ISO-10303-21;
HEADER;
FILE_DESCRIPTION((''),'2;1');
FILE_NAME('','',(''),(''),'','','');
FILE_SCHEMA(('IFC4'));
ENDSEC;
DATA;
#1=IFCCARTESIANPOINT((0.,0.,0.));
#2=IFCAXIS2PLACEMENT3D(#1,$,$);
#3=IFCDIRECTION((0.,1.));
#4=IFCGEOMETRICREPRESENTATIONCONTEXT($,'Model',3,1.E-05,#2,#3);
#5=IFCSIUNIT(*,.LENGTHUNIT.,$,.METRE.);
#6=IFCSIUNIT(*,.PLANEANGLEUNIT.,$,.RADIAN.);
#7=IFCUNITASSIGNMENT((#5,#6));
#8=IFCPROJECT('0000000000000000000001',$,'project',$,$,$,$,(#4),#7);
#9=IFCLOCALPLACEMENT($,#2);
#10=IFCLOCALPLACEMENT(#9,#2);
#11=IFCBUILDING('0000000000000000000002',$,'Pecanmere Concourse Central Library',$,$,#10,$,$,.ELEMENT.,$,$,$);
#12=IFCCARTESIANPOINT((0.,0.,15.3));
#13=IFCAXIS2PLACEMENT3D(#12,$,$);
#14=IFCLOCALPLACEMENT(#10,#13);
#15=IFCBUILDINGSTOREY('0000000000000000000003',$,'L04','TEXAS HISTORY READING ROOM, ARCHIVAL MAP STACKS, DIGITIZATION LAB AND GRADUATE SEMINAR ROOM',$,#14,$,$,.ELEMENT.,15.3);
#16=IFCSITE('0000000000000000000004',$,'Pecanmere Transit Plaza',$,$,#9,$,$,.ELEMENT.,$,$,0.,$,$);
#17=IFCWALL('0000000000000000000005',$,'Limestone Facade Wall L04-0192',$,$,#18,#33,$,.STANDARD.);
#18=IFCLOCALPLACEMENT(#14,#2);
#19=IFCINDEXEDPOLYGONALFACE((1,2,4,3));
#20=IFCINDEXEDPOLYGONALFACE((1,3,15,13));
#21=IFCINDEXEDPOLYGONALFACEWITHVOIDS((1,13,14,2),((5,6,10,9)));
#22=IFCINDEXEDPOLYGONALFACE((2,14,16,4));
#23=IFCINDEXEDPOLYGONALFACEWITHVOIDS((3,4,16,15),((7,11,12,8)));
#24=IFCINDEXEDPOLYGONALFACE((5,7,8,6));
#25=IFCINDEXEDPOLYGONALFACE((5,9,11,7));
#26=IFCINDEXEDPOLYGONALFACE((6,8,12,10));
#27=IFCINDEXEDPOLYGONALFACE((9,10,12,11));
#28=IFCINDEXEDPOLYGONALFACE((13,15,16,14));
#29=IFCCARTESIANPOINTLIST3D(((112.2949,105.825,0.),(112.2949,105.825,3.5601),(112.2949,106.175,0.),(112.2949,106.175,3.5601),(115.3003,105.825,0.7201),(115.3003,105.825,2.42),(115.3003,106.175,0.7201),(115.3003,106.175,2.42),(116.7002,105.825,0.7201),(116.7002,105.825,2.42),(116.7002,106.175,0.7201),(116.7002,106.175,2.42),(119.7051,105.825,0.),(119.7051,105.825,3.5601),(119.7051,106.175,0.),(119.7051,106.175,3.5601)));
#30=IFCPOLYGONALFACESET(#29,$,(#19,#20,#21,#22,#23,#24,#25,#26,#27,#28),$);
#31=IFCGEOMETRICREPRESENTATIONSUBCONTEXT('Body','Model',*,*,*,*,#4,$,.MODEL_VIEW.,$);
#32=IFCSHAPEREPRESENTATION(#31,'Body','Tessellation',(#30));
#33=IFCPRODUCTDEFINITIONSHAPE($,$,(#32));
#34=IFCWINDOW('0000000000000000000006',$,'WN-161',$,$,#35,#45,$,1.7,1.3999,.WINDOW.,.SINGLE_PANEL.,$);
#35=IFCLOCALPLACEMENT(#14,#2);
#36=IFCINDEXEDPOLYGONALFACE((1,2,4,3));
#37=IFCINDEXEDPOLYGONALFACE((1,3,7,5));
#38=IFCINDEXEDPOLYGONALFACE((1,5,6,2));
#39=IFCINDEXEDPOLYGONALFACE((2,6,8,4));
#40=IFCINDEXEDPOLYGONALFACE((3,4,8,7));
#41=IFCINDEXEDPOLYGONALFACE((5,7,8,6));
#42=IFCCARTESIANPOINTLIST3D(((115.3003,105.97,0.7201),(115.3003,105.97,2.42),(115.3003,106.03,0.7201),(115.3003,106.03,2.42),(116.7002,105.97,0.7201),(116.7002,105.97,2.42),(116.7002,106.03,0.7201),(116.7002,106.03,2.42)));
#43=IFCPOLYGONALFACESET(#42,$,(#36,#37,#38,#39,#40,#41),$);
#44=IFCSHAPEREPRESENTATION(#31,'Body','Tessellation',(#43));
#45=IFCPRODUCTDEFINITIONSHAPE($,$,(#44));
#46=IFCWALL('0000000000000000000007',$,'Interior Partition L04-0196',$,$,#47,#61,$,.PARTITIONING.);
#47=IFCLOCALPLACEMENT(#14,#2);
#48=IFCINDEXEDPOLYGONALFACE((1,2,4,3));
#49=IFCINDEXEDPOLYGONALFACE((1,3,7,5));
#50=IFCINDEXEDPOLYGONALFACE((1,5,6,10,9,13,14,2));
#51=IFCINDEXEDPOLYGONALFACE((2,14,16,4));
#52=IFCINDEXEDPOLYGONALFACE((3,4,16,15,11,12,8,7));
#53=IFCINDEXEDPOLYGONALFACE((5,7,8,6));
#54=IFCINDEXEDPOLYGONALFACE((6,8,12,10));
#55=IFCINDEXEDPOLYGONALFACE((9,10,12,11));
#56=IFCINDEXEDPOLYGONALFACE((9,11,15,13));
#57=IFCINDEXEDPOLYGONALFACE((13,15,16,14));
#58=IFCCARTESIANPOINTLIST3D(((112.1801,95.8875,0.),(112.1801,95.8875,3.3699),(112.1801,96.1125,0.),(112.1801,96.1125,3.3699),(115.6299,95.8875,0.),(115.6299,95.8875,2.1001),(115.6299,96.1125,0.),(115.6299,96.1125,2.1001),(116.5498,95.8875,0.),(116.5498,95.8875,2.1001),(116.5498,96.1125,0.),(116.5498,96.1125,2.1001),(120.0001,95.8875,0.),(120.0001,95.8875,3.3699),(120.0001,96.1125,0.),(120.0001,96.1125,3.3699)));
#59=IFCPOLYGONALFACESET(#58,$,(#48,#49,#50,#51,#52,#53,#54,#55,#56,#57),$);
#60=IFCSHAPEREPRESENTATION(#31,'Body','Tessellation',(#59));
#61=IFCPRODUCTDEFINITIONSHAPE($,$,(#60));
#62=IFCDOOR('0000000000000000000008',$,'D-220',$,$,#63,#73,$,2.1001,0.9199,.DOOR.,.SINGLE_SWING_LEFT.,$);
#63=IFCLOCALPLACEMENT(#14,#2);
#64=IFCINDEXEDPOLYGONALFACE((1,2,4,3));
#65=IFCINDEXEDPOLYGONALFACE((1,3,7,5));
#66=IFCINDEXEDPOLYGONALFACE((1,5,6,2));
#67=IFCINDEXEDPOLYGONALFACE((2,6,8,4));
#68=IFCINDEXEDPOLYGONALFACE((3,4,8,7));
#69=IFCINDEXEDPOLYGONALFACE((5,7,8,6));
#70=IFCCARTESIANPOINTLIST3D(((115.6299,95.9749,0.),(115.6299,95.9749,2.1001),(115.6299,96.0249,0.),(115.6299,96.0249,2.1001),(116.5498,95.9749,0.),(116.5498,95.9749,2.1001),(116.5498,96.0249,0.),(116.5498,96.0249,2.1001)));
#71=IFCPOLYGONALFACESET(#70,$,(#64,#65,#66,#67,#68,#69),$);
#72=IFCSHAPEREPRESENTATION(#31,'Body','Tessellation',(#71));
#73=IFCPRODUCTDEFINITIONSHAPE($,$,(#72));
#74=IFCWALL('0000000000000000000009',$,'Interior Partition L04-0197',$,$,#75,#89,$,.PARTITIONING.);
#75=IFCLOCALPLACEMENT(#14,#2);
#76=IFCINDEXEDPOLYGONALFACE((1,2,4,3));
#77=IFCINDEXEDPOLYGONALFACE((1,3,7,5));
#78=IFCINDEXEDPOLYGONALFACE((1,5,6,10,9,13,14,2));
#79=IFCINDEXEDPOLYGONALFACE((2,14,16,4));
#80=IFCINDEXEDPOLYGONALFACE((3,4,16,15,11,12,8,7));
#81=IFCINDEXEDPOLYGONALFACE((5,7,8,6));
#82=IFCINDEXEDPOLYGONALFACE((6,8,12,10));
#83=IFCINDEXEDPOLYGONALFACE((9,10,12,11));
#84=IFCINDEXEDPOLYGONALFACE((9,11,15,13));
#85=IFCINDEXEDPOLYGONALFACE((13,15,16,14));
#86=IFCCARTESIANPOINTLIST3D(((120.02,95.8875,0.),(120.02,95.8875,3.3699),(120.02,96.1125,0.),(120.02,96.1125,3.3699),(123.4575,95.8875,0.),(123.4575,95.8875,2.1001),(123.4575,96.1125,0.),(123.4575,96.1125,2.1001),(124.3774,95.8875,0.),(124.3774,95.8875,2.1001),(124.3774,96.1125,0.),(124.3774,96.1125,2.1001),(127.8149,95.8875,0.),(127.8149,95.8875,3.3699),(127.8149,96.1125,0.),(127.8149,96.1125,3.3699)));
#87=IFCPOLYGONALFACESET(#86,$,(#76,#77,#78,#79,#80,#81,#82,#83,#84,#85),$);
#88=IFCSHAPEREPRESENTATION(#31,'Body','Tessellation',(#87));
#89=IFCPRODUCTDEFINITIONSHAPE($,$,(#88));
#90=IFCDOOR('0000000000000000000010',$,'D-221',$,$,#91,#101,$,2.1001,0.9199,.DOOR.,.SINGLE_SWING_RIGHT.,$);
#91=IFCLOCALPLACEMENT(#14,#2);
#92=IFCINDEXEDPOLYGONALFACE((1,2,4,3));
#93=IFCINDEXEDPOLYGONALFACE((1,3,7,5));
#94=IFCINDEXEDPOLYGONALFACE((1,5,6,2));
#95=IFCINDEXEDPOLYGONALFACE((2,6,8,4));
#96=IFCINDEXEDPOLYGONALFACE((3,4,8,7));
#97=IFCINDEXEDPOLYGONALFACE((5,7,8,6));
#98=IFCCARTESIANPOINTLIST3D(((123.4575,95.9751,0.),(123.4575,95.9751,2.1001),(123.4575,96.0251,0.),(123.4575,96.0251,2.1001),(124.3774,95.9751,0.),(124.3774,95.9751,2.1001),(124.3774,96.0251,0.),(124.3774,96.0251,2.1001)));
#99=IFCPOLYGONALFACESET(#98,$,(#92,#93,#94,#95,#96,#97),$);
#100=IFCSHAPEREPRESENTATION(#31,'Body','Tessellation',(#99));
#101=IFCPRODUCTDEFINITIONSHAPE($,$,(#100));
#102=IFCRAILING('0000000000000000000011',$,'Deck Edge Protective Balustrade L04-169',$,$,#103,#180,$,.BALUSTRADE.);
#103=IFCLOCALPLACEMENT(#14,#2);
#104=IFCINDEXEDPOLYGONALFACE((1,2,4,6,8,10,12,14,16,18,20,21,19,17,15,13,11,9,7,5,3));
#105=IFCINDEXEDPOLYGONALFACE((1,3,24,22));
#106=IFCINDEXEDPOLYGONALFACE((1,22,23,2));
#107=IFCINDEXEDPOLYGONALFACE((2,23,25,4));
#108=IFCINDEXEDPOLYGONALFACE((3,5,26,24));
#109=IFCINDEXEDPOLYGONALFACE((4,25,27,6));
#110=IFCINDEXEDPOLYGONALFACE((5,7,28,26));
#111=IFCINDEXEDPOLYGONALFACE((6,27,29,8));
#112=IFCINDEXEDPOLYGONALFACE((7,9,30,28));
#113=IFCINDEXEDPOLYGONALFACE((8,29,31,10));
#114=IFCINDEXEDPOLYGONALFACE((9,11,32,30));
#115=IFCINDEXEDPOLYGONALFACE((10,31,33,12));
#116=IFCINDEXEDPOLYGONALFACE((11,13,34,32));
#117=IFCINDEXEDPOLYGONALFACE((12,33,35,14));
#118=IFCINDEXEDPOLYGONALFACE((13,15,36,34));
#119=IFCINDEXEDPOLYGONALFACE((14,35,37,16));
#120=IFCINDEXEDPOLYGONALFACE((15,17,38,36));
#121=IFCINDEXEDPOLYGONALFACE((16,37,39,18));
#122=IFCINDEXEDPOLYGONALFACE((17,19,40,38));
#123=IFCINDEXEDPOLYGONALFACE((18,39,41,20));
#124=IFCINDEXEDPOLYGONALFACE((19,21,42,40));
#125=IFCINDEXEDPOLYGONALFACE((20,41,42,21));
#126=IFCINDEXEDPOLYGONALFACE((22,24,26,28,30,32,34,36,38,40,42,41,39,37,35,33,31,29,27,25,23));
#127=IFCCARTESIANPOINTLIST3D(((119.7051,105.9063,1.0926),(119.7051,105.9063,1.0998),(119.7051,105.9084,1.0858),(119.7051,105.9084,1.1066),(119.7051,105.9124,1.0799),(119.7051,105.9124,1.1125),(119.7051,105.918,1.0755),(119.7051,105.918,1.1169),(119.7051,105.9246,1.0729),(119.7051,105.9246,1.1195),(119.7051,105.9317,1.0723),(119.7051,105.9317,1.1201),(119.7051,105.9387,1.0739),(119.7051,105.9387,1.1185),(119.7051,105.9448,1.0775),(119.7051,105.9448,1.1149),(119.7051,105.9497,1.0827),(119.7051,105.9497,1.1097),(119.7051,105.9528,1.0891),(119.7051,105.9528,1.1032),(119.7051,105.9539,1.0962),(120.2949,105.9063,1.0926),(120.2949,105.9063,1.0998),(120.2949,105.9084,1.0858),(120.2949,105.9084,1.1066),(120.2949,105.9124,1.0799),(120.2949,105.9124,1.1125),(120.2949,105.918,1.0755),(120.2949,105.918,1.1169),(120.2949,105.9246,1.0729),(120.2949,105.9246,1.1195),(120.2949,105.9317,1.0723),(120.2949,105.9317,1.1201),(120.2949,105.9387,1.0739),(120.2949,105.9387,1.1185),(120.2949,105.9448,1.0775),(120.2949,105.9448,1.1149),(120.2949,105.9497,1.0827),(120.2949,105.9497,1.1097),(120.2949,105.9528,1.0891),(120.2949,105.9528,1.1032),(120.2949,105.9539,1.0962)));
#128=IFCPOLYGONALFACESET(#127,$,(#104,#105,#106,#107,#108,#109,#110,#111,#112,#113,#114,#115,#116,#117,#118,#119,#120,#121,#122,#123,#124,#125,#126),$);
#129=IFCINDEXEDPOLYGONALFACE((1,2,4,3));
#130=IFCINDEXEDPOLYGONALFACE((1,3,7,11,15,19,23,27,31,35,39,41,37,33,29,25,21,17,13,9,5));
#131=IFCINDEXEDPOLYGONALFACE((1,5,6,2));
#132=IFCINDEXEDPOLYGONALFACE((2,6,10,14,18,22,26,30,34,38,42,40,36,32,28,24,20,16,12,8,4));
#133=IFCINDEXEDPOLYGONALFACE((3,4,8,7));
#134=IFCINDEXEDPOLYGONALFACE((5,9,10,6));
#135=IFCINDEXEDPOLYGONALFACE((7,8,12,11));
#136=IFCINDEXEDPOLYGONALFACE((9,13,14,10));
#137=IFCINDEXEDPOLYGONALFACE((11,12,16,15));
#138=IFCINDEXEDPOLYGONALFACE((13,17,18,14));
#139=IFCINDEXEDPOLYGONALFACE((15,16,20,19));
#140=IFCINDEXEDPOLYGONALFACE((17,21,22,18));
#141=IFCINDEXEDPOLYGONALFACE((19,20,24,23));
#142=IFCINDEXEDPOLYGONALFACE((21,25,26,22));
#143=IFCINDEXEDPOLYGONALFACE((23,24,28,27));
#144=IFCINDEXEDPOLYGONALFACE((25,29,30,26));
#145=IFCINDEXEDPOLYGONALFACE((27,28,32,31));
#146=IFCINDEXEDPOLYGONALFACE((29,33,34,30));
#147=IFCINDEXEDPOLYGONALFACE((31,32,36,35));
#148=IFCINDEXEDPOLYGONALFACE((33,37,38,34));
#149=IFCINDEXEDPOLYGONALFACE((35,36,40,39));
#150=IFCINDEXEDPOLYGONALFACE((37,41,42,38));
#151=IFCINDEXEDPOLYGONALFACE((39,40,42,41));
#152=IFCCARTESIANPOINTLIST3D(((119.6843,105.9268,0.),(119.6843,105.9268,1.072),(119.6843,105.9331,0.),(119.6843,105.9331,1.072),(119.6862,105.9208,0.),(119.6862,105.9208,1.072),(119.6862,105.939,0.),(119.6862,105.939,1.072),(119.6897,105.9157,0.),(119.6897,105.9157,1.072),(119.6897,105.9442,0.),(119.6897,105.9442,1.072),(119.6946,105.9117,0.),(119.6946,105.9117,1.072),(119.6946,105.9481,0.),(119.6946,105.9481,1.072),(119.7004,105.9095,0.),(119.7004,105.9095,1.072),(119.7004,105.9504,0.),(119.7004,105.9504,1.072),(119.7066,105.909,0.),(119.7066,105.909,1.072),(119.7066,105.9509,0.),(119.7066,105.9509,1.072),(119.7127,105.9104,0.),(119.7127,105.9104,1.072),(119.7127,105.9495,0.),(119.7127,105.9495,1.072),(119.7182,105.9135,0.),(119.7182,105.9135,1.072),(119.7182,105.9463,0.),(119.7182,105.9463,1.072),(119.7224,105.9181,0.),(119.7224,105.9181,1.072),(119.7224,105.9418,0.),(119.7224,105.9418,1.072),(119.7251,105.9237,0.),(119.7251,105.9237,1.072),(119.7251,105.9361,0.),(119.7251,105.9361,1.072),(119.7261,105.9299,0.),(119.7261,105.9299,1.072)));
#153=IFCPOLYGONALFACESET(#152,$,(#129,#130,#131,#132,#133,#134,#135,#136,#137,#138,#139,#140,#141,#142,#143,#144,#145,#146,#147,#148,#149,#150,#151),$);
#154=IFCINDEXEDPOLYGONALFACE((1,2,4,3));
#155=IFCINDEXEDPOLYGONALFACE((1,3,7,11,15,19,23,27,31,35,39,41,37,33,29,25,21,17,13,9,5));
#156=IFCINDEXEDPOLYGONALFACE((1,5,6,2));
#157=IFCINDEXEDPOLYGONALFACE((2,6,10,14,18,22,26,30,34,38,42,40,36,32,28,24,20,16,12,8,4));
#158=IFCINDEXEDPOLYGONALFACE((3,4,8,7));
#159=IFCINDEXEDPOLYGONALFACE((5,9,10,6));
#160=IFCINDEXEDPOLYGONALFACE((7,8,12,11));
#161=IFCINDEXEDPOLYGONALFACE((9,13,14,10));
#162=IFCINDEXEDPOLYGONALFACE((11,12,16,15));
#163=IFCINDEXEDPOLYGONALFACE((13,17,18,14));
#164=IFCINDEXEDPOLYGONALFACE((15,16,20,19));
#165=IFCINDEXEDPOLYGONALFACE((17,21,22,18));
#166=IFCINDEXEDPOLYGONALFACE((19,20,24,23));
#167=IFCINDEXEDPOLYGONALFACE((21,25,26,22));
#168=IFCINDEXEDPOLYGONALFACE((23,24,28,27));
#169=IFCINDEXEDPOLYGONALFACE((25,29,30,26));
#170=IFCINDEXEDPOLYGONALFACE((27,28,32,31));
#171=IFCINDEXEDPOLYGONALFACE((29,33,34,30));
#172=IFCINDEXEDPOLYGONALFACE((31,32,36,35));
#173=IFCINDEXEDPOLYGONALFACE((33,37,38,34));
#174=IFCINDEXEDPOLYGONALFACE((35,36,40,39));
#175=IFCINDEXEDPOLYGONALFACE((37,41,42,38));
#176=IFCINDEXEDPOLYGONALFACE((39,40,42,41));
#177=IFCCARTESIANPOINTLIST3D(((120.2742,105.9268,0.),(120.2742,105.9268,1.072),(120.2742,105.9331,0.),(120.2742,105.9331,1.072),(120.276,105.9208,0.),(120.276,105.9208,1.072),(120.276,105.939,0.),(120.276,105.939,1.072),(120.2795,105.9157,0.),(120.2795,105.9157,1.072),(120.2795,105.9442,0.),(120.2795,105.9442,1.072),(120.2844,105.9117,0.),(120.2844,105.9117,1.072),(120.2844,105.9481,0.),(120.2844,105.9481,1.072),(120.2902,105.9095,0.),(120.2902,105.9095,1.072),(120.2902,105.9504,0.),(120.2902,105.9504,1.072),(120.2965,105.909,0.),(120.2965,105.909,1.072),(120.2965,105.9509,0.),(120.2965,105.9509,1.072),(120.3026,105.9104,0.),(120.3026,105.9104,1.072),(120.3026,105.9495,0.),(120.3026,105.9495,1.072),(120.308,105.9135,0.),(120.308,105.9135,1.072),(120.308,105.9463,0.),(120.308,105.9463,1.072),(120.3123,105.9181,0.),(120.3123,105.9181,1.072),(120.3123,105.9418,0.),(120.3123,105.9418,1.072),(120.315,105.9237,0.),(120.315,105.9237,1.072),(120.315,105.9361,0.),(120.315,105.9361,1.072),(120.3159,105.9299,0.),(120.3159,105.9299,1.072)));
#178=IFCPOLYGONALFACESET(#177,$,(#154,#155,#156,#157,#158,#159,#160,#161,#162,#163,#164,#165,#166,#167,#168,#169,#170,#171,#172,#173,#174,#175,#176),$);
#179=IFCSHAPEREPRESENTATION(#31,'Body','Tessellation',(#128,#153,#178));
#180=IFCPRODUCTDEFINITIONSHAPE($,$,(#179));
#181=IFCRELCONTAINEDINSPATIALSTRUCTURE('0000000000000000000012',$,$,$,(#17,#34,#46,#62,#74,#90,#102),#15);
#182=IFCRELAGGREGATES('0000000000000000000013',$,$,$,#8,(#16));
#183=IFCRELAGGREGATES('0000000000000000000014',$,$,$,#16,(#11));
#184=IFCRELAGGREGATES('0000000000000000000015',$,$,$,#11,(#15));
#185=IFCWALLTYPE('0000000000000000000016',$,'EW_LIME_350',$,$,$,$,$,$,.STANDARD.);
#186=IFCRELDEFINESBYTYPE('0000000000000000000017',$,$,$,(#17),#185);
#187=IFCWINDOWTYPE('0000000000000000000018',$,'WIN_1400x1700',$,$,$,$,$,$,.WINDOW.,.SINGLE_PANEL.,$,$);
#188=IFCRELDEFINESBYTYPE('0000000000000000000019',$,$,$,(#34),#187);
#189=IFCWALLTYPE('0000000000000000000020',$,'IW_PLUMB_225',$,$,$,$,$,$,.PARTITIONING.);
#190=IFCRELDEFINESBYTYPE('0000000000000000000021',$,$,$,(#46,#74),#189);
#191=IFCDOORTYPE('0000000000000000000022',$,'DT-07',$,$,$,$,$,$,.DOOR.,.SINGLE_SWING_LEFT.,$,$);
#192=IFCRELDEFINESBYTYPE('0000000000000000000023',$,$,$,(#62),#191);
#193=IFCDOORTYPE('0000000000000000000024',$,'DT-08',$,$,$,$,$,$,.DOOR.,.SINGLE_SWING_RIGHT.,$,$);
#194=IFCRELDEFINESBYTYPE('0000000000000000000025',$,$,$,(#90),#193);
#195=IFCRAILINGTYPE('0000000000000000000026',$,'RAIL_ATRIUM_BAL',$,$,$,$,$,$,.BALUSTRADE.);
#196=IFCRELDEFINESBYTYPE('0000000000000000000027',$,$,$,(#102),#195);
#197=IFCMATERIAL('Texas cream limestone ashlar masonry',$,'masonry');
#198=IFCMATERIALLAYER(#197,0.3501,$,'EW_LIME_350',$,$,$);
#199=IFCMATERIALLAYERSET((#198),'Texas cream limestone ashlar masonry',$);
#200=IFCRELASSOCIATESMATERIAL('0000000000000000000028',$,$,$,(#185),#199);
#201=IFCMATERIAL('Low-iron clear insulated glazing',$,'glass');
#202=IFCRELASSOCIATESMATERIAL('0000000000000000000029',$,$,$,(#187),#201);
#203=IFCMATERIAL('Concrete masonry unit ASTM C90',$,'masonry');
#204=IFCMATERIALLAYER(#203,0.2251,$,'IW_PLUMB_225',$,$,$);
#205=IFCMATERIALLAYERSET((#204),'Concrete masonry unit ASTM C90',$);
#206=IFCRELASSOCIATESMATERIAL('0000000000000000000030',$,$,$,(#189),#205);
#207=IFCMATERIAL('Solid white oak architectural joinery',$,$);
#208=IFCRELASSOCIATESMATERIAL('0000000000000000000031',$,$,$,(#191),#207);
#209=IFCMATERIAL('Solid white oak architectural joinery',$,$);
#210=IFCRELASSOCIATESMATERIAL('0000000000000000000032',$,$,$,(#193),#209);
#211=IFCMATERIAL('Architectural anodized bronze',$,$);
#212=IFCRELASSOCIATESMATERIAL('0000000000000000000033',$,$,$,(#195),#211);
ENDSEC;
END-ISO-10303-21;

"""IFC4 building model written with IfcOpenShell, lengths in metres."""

from ifc_helpers import new_model, si_unit, direction, frame, frame_2d, origin, origin_2d, place, context, subcontext, project, spatial, rectangle, circle, extrude, material, layer, layer_set, type_object, element, fill, save


model = new_model("IFC4")

# Units and contexts
model_context = context("Model", 3, precision=1e-05, world=origin(), true_north=direction((0.0, 1.0)))
body_context = subcontext(model_context, "Body", "Model", "MODEL_VIEW")
ifc_project = project(units=[si_unit("LENGTHUNIT", "METRE"), si_unit("PLANEANGLEUNIT", "RADIAN")], contexts=[model_context])

# Site, building, storey
site_placement = place(None, origin())
site = spatial("IfcSite", under=ifc_project, at=site_placement, Name="Pecanmere Transit Plaza", CompositionType="ELEMENT", RefElevation=0.0)
building_placement = place(site_placement, origin())
building = spatial("IfcBuilding", under=site, at=building_placement, Name="Pecanmere Concourse Central Library", CompositionType="ELEMENT")
storey_placement = place(building_placement, frame((0.0, 0.0, 15.3)))
storey = spatial("IfcBuildingStorey", under=building, at=storey_placement, Name="L04", Description="TEXAS HISTORY READING ROOM, ARCHIVAL MAP STACKS, DIGITIZATION LAB AND GRADUATE SEMINAR ROOM", CompositionType="ELEMENT", Elevation=15.3)

# Wall, opening, window
ifc_material_1 = material(Name="Texas cream limestone ashlar masonry", Category="masonry")
ifc_layer_1 = layer(ifc_material_1, 0.3501, Name="EW_LIME_350")
ifc_layer_set_1 = layer_set([ifc_layer_1], Name="Texas cream limestone ashlar masonry")
wall_type_1 = type_object("IfcWallType", Name="EW_LIME_350", PredefinedType="STANDARD", material=ifc_layer_set_1)
wall_1_placement = place(storey_placement, frame((119.7051, 106.0, 0.0), z_axis=(0.0, 0.0, 1.0), x_axis=(-1.0, 0.0, 0.0)))
wall_1 = element("IfcWall", 1, at=wall_1_placement, inside=storey, type_object=wall_type_1, Name="Limestone Facade Wall L04-0192", PredefinedType="STANDARD", context=body_context, shape_type="SweptSolid", body=[
    extrude(rectangle(XDim=7.4102, YDim=0.3501, at=frame_2d((3.7051, 0.0))), origin(), (0.0, 0.0, 1.0), 3.5601),
])
opening_1_placement = place(wall_1_placement, frame((3.0049, 0.0, 0.72)))
opening_1 = element("IfcOpeningElement", 2, at=opening_1_placement, cuts=wall_1, PredefinedType="OPENING", context=body_context, shape_type="SweptSolid", body=[
    extrude(rectangle(XDim=1.3999, YDim=1.7, at=frame_2d((0.7, 0.8501))), frame((0.0, 0.187, 0.0), z_axis=(0.0, -1.0, 0.0), x_axis=(1.0, 0.0, 0.0)), (0.0, 0.0, 1.0), 0.374),
])
ifc_material_2 = material(Name="Low-iron clear insulated glazing", Category="glass")
window_type = type_object("IfcWindowType", Name="WIN_1400x1700", PartitioningType="SINGLE_PANEL", PredefinedType="WINDOW", material=ifc_material_2)
window_placement = place(opening_1_placement, origin())
window = element("IfcWindow", 3, at=window_placement, inside=storey, type_object=window_type, Name="WN-161", OverallHeight=1.7, OverallWidth=1.3999, PartitioningType="SINGLE_PANEL", PredefinedType="WINDOW", context=body_context, shape_type="SweptSolid", body=[
    extrude(rectangle(XDim=1.3999, YDim=1.7, at=frame_2d((0.7, 0.8501))), frame((0.0, 0.03, 0.0), z_axis=(0.0, -1.0, 0.0), x_axis=(1.0, 0.0, 0.0)), (0.0, 0.0, 1.0), 0.0601),
])
fill(opening_1, window)

# Walls, openings, doors
ifc_material_3 = material(Name="Concrete masonry unit ASTM C90", Category="masonry")
ifc_layer_2 = layer(ifc_material_3, 0.2251, Name="IW_PLUMB_225")
ifc_layer_set_2 = layer_set([ifc_layer_2], Name="Concrete masonry unit ASTM C90")
wall_type_2 = type_object("IfcWallType", Name="IW_PLUMB_225", PredefinedType="PARTITIONING", material=ifc_layer_set_2)
wall_2_placement = place(storey_placement, frame((112.1799, 96.0, 0.0), z_axis=(0.0, 0.0, 1.0), x_axis=(1.0, 0.0, 0.0)))
wall_2 = element("IfcWall", 4, at=wall_2_placement, inside=storey, type_object=wall_type_2, Name="Interior Partition L04-0196", PredefinedType="PARTITIONING", context=body_context, shape_type="SweptSolid", body=[
    extrude(rectangle(XDim=7.8201, YDim=0.2251, at=frame_2d((3.9102, 0.0))), origin(), (0.0, 0.0, 1.0), 3.3699),
])
opening_2_placement = place(wall_2_placement, frame((3.45, 0.0, 0.0)))
opening_2 = element("IfcOpeningElement", 5, at=opening_2_placement, cuts=wall_2, PredefinedType="OPENING", context=body_context, shape_type="SweptSolid", body=[
    extrude(rectangle(XDim=0.9199, YDim=2.1001, at=frame_2d((0.46, 1.05))), frame((0.0, 0.1245, 0.0), z_axis=(0.0, -1.0, 0.0), x_axis=(1.0, 0.0, 0.0)), (0.0, 0.0, 1.0), 0.249),
])
ifc_material_4 = material(Name="Solid white oak architectural joinery")
door_type_1 = type_object("IfcDoorType", Name="DT-07", OperationType="SINGLE_SWING_LEFT", PredefinedType="DOOR", material=ifc_material_4)
door_1_placement = place(opening_2_placement, origin())
door_1 = element("IfcDoor", 6, at=door_1_placement, inside=storey, type_object=door_type_1, Name="D-220", OperationType="SINGLE_SWING_LEFT", OverallHeight=2.1001, OverallWidth=0.9199, PredefinedType="DOOR", context=body_context, shape_type="SweptSolid", body=[
    extrude(rectangle(XDim=0.9199, YDim=2.1001, at=frame_2d((0.46, 1.05))), frame((0.0, 0.0249, 0.0), z_axis=(0.0, -1.0, 0.0), x_axis=(1.0, 0.0, 0.0)), (0.0, 0.0, 1.0), 0.05),
])
fill(opening_2, door_1)
wall_3_placement = place(storey_placement, frame((120.02, 96.0, 0.0), z_axis=(0.0, 0.0, 1.0), x_axis=(1.0, 0.0, 0.0)))
wall_3 = element("IfcWall", 7, at=wall_3_placement, inside=storey, type_object=wall_type_2, Name="Interior Partition L04-0197", PredefinedType="PARTITIONING", context=body_context, shape_type="SweptSolid", body=[
    extrude(rectangle(XDim=7.7949, YDim=0.2251, at=frame_2d((3.8975, 0.0))), origin(), (0.0, 0.0, 1.0), 3.3699),
])
opening_3_placement = place(wall_3_placement, frame((3.4375, 0.0, 0.0)))
opening_3 = element("IfcOpeningElement", 8, at=opening_3_placement, cuts=wall_3, PredefinedType="OPENING", context=body_context, shape_type="SweptSolid", body=[
    extrude(rectangle(XDim=0.9199, YDim=2.1001, at=frame_2d((0.46, 1.05))), frame((0.0, 0.1245, 0.0), z_axis=(0.0, -1.0, 0.0), x_axis=(1.0, 0.0, 0.0)), (0.0, 0.0, 1.0), 0.249),
])
ifc_material_5 = material(Name="Solid white oak architectural joinery")
door_type_2 = type_object("IfcDoorType", Name="DT-08", OperationType="SINGLE_SWING_RIGHT", PredefinedType="DOOR", material=ifc_material_5)
door_2_placement = place(opening_3_placement, frame((0.9199, 0.0, 0.0), z_axis=(0.0, 0.0, 1.0), x_axis=(-1.0, 0.0, 0.0)))
door_2 = element("IfcDoor", 9, at=door_2_placement, inside=storey, type_object=door_type_2, Name="D-221", OperationType="SINGLE_SWING_RIGHT", OverallHeight=2.1001, OverallWidth=0.9199, PredefinedType="DOOR", context=body_context, shape_type="SweptSolid", body=[
    extrude(rectangle(XDim=0.9199, YDim=2.1001, at=frame_2d((0.46, 1.05))), frame((0.0, 0.0249, 0.0), z_axis=(0.0, -1.0, 0.0), x_axis=(1.0, 0.0, 0.0)), (0.0, 0.0, 1.0), 0.05),
])
fill(opening_3, door_2)

# Railing
ifc_material_6 = material(Name="Architectural anodized bronze")
railing_type = type_object("IfcRailingType", Name="RAIL_ATRIUM_BAL", PredefinedType="BALUSTRADE", material=ifc_material_6)
railing_placement = place(storey_placement, frame((119.7051, 105.9299, 0.0)))
element("IfcRailing", 10, at=railing_placement, inside=storey, type_object=railing_type, Name="Deck Edge Protective Balustrade L04-169", PredefinedType="BALUSTRADE", context=body_context, shape_type="SweptSolid", body=[
    extrude(circle(Radius=0.0239, at=origin_2d()), frame((0.0, 0.0, 1.0962), z_axis=(1.0, 0.0, 0.0), x_axis=(0.0, 1.0, 0.0)), (0.0, 0.0, 1.0), 0.5898),
    extrude(circle(Radius=0.021, at=origin_2d()), origin(), (0.0, 0.0, 1.0), 1.072),
    extrude(circle(Radius=0.021, at=origin_2d()), frame((0.5898, 0.0, 0.0)), (0.0, 0.0, 1.0), 1.072),
])

save(model, "model.ifc")
